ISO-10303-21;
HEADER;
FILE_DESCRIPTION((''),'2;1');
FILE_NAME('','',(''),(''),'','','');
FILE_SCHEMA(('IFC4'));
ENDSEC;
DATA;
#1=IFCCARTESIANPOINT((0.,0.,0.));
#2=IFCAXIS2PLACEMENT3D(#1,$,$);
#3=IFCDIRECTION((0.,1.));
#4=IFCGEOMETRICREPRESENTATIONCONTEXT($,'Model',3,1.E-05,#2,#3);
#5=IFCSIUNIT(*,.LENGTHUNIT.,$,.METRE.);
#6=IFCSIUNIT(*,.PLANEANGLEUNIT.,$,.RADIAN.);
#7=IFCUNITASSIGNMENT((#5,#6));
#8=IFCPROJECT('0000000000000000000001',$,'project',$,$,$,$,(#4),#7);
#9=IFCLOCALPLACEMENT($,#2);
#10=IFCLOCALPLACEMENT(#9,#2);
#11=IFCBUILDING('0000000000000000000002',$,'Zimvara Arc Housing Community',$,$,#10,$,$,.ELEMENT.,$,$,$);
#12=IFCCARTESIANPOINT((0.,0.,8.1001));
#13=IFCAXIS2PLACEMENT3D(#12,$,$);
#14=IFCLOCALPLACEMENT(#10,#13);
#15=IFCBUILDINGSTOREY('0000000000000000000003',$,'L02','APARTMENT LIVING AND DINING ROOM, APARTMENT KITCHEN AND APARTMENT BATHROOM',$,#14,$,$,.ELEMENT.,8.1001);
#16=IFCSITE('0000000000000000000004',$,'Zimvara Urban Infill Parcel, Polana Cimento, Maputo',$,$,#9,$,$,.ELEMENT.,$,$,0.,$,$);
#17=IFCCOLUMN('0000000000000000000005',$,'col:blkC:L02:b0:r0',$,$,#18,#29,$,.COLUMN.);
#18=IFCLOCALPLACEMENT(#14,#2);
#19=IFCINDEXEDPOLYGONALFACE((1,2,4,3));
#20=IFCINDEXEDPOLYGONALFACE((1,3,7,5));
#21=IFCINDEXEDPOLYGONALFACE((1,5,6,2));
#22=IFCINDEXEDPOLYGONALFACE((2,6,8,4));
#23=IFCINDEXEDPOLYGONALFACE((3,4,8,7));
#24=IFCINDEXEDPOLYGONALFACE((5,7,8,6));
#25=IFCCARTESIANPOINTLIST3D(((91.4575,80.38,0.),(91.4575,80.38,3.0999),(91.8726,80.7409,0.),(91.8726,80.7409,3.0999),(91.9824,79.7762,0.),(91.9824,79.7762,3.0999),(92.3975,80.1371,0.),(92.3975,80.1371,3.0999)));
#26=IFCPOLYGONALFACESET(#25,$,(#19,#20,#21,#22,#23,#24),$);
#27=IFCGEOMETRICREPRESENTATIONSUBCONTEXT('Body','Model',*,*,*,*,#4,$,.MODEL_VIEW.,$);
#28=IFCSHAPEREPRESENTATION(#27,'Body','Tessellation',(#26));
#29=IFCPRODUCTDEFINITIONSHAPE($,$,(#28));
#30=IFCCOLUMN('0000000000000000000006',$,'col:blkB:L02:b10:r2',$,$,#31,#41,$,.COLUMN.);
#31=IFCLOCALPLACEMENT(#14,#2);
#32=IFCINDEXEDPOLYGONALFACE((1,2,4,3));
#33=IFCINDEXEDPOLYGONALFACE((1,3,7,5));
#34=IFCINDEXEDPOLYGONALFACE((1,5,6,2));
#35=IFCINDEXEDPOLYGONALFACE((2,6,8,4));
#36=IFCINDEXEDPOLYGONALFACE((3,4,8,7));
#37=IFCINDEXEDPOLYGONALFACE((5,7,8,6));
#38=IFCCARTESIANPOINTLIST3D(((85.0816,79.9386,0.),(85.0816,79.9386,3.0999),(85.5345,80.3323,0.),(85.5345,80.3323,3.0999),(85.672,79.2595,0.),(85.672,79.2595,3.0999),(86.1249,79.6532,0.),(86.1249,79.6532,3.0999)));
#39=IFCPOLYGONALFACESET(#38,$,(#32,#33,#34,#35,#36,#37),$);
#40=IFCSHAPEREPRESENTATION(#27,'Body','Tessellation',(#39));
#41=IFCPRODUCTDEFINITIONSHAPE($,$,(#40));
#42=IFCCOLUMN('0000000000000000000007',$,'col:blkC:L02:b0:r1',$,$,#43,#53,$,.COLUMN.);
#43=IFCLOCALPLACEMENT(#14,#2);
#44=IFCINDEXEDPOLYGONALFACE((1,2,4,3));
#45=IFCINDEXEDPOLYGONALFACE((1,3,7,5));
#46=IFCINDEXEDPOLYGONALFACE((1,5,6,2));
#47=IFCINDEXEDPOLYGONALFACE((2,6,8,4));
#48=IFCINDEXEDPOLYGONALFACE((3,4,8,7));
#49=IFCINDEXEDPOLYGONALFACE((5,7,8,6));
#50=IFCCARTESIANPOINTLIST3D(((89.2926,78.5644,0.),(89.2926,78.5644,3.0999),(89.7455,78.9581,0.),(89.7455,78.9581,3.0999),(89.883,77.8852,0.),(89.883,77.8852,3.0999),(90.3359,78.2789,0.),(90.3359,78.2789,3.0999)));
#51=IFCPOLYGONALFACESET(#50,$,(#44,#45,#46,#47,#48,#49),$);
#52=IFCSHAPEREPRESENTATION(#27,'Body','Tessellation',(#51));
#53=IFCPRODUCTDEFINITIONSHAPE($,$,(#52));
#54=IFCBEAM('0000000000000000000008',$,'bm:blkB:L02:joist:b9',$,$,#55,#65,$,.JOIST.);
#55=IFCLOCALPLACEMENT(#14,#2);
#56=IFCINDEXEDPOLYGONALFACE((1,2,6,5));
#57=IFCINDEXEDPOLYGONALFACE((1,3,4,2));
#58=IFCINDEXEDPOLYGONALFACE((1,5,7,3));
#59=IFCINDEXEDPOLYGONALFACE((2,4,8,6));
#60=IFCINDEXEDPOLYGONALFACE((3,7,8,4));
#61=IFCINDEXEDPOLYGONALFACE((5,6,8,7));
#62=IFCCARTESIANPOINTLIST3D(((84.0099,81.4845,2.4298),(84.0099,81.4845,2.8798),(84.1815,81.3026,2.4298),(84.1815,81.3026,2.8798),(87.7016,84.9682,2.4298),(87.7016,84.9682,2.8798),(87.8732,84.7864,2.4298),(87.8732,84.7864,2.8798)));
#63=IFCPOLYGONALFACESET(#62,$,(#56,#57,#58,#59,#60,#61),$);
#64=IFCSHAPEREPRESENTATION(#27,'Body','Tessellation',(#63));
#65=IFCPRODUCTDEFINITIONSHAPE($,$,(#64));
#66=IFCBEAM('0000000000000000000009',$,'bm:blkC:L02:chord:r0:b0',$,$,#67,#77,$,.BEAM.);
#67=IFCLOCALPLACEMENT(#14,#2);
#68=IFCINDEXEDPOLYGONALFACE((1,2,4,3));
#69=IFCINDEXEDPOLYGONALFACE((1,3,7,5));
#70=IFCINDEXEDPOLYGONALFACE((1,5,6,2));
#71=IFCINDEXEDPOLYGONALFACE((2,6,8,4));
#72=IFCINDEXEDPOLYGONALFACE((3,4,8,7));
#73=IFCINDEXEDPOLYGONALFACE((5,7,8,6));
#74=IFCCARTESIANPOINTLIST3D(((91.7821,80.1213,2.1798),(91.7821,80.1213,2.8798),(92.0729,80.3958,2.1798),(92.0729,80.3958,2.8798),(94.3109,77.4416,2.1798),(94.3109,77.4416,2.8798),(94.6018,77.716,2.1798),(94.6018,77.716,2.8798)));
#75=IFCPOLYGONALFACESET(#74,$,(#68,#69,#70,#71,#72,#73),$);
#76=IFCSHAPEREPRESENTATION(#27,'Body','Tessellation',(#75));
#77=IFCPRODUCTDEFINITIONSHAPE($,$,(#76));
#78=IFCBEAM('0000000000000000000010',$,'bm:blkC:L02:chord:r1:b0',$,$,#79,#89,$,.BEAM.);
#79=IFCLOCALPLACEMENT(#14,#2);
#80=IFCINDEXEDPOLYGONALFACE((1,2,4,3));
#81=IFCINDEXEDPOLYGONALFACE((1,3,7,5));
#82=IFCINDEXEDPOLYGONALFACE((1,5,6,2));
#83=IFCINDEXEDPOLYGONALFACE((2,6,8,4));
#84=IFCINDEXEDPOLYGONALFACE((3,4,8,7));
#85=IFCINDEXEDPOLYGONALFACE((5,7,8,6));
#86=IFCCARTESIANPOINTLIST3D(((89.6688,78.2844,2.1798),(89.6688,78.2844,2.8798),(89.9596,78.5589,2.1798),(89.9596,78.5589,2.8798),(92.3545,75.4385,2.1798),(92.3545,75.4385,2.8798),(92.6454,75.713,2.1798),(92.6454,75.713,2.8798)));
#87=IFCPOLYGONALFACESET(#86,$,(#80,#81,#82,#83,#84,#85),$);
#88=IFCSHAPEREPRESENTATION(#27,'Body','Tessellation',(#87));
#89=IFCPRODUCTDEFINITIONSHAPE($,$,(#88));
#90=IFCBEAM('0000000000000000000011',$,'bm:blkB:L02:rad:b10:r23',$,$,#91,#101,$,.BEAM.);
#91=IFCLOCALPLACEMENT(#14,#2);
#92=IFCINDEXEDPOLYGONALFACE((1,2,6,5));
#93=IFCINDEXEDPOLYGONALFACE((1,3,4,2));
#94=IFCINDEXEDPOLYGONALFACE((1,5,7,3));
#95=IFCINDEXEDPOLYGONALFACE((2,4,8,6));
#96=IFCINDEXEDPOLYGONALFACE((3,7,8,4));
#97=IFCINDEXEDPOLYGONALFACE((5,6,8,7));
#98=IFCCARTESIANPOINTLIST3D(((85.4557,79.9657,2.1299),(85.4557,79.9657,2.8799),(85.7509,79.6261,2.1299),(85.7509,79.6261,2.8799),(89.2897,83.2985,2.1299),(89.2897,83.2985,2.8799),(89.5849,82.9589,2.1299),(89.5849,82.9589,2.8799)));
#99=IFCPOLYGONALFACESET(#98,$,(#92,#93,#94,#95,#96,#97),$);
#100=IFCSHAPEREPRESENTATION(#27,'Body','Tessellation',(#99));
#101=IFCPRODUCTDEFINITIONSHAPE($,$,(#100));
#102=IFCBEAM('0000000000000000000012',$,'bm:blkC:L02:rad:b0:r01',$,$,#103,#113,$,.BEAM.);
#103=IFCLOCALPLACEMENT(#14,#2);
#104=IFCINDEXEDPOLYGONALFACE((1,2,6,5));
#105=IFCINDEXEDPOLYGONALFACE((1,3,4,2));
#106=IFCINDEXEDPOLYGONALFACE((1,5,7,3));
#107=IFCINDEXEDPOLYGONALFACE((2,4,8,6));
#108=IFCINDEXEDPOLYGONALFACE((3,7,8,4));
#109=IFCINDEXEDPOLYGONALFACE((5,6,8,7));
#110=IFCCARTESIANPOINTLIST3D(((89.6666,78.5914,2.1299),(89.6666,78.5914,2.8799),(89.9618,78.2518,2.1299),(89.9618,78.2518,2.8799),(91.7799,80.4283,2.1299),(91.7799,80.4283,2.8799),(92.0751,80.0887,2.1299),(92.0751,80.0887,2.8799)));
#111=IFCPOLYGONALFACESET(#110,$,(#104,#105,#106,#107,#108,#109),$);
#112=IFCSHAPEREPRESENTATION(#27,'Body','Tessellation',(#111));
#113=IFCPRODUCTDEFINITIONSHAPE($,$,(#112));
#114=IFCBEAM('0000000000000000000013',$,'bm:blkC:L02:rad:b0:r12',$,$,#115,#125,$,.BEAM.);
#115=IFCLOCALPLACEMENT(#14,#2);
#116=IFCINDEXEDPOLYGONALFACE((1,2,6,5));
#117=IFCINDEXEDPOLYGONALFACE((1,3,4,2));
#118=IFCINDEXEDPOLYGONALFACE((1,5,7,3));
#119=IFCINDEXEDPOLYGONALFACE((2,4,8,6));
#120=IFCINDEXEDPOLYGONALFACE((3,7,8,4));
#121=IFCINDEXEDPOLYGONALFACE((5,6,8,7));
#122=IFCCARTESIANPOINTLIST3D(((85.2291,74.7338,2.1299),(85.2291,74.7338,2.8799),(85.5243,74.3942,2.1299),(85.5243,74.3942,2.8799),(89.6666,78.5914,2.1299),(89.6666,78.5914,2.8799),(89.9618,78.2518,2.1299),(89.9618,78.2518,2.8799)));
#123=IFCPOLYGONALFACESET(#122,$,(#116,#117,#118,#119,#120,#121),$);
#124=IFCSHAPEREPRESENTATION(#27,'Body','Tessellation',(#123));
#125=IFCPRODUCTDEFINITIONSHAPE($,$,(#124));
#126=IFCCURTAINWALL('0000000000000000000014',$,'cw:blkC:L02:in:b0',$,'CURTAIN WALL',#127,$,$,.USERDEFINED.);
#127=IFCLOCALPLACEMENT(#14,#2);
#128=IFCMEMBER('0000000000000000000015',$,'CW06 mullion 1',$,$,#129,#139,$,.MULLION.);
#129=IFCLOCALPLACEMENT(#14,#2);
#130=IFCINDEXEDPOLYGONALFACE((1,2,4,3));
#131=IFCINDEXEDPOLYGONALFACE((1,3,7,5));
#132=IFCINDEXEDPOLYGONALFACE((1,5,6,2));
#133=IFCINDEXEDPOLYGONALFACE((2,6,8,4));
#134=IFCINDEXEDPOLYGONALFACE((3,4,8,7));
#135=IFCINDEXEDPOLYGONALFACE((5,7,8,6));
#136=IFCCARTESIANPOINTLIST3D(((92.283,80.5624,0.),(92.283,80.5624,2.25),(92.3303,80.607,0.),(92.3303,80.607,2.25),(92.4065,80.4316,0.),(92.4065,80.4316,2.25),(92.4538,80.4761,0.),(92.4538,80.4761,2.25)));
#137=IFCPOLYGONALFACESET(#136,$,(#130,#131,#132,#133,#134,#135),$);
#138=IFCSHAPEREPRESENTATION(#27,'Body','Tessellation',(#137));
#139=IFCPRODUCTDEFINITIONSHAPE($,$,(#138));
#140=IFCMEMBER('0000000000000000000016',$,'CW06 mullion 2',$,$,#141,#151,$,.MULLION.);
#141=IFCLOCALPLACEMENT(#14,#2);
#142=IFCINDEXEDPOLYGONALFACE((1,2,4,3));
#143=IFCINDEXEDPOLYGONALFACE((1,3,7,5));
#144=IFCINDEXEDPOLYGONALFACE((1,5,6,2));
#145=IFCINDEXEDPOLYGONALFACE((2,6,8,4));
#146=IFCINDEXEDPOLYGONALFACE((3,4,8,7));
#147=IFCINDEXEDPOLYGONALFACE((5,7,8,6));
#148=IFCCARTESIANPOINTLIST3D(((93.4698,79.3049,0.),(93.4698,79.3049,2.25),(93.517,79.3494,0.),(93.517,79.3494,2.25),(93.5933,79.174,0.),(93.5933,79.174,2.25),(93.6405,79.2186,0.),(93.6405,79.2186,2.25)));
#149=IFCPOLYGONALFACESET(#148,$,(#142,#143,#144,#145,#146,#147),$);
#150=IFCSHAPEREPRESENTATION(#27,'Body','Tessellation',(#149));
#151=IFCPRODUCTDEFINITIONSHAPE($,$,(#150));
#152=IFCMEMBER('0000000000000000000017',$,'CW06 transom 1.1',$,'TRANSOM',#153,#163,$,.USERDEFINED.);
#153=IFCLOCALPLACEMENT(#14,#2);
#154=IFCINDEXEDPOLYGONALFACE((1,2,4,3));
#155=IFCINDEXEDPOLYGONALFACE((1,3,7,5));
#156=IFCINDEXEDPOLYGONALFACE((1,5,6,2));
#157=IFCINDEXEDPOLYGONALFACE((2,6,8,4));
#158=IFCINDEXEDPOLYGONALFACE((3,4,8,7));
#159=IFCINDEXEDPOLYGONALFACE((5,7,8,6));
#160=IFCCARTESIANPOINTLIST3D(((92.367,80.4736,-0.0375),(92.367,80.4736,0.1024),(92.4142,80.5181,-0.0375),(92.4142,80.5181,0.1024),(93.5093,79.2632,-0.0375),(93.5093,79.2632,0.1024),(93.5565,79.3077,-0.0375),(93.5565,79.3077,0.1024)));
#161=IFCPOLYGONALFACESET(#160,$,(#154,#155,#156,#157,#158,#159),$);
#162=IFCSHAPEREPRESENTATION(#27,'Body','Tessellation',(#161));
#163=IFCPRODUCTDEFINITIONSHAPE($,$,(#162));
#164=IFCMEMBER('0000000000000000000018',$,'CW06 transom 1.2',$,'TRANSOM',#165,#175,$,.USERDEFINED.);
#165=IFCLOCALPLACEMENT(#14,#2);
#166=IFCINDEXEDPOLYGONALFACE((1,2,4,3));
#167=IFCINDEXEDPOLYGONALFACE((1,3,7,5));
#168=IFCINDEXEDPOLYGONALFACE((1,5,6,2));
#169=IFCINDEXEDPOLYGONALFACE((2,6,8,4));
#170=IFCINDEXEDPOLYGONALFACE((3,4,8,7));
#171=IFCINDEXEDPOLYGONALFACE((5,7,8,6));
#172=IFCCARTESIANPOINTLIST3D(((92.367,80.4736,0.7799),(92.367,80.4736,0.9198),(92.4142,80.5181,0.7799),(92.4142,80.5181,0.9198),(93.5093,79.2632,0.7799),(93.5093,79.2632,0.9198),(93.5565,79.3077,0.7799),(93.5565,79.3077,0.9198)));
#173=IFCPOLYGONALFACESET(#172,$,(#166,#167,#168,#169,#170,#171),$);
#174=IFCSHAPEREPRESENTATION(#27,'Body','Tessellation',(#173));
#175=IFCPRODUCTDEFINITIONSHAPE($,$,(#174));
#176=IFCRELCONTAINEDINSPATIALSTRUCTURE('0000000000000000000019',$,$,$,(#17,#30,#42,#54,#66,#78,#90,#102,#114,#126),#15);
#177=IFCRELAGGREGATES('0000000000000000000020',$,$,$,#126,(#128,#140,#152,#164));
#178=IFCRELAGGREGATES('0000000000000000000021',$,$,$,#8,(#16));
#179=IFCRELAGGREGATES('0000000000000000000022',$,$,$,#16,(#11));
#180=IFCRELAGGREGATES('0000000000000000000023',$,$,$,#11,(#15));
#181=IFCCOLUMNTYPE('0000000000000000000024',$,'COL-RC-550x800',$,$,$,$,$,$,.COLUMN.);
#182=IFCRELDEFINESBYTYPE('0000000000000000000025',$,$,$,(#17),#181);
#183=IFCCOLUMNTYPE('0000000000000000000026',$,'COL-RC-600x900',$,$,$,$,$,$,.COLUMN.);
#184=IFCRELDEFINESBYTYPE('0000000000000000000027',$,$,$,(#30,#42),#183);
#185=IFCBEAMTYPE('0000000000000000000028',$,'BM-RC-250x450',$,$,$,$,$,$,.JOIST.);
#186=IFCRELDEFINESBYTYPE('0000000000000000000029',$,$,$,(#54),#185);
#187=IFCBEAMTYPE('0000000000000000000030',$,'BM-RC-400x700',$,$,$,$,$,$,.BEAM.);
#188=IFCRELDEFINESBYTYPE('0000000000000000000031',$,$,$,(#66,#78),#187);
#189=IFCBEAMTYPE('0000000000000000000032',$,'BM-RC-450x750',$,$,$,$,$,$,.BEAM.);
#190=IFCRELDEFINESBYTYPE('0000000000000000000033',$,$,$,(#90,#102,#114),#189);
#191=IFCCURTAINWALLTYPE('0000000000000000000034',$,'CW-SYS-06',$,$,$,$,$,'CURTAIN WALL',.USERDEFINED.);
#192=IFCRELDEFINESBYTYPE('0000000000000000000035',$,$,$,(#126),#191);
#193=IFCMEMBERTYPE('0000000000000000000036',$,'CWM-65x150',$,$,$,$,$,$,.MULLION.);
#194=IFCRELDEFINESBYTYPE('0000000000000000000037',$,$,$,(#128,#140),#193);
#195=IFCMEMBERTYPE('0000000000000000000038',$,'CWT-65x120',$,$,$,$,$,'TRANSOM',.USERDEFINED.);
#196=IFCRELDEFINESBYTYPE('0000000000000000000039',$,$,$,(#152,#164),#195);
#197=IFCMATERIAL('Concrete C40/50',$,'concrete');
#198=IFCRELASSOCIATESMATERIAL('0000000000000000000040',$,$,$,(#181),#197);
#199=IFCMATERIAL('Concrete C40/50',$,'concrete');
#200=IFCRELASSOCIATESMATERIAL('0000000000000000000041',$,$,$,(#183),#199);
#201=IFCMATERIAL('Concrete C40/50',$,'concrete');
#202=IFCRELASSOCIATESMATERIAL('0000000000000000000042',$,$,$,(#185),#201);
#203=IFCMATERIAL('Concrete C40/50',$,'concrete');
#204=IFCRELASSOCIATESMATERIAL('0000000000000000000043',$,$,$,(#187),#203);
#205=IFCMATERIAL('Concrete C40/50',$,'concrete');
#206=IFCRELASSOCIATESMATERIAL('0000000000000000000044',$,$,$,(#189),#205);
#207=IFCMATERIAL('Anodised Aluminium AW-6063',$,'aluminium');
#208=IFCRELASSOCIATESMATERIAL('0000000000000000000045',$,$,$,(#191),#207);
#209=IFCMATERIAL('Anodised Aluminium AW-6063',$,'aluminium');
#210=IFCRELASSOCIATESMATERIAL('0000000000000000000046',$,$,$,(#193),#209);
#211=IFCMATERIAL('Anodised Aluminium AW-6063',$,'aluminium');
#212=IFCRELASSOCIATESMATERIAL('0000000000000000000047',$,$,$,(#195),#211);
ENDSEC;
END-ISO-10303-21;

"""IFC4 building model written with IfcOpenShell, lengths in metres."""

from ifc_helpers import new_model, si_unit, direction, frame, origin, origin_2d, place, context, subcontext, project, spatial, rectangle, extrude, material, material_profile, profile_set, type_object, element, aggregate, save


model = new_model("IFC4")

# Units and contexts
model_context = context("Model", 3, precision=1e-05, world=origin(), true_north=direction((0.0, 1.0)))
body_context = subcontext(model_context, "Body", "Model", "MODEL_VIEW")
ifc_project = project(units=[si_unit("LENGTHUNIT", "METRE"), si_unit("PLANEANGLEUNIT", "RADIAN")], contexts=[model_context])

# Site, building, storey
site_placement = place(None, origin())
site = spatial("IfcSite", under=ifc_project, at=site_placement, Name="Zimvara Urban Infill Parcel, Polana Cimento, Maputo", CompositionType="ELEMENT", RefElevation=0.0)
building_placement = place(site_placement, origin())
building = spatial("IfcBuilding", under=site, at=building_placement, Name="Zimvara Arc Housing Community", CompositionType="ELEMENT")
storey_placement = place(building_placement, frame((0.0, 0.0, 8.1001)))
storey = spatial("IfcBuildingStorey", under=building, at=storey_placement, Name="L02", Description="APARTMENT LIVING AND DINING ROOM, APARTMENT KITCHEN AND APARTMENT BATHROOM", CompositionType="ELEMENT", Elevation=8.1001)

# Columns
ifc_material_1 = material(Name="Concrete C40/50", Category="concrete")
ifc_material_profile_1 = material_profile(ifc_material_1, rectangle(XDim=0.55, YDim=0.8, at=origin_2d()), Name="RC 550x800")
ifc_profile_set_1 = profile_set([ifc_material_profile_1], Name="Concrete C40/50")
column_type_1 = type_object("IfcColumnType", Name="COL-RC-550x800", PredefinedType="COLUMN", material=ifc_profile_set_1)
column_placement = place(storey_placement, frame((91.9275, 80.2585, 0.0), z_axis=(0.0, 0.0, 1.0), x_axis=(-0.75471, -0.656059, 0.0)))
element("IfcColumn", 1, at=column_placement, inside=storey, type_object=column_type_1, Name="col:blkC:L02:b0:r0", PredefinedType="COLUMN", context=body_context, shape_type="SweptSolid", body=[
    extrude(rectangle(XDim=0.55, YDim=0.8, at=origin_2d()), origin(), (0.0, 0.0, 1.0), 3.0999),
])
ifc_material_2 = material(Name="Concrete C40/50", Category="concrete")
ifc_material_profile_2 = material_profile(ifc_material_2, rectangle(XDim=0.6001, YDim=0.8999, at=origin_2d()), Name="RC 600x900")
ifc_profile_set_2 = profile_set([ifc_material_profile_2], Name="Concrete C40/50")
column_type_2 = type_object("IfcColumnType", Name="COL-RC-600x900", PredefinedType="COLUMN", material=ifc_profile_set_2)
for number, where, z_axis, x_axis, name in (
    (2, (85.6033, 79.7959, 0.0), (0.0, 0.0, 1.0), (0.75471, 0.656059, 0.0), "col:blkB:L02:b10:r2"),
    (3, (89.8142, 78.4216, 0.0), (0.0, 0.0, 1.0), (-0.75471, -0.656059, 0.0), "col:blkC:L02:b0:r1"),
):
    element("IfcColumn", number, at=place(storey_placement, frame(where, z_axis=z_axis, x_axis=x_axis)), inside=storey, type_object=column_type_2, Name=name, PredefinedType="COLUMN", context=body_context, shape_type="SweptSolid", body=[
        extrude(rectangle(XDim=0.6001, YDim=0.8999, at=origin_2d()), origin(), (0.0, 0.0, 1.0), 3.0999),
    ])

# Beams
ifc_material_3 = material(Name="Concrete C40/50", Category="concrete")
ifc_material_profile_3 = material_profile(ifc_material_3, rectangle(XDim=0.25, YDim=0.45, at=origin_2d()), Name="RC 250x450")
ifc_profile_set_3 = profile_set([ifc_material_profile_3], Name="Concrete C40/50")
beam_type_1 = type_object("IfcBeamType", Name="BM-RC-250x450", PredefinedType="JOIST", material=ifc_profile_set_3)
beam_1_placement = place(storey_placement, frame((84.0957, 81.3936, 2.6548), z_axis=(0.7273, 0.68632, 0.0), x_axis=(-0.68632, 0.7273, 0.0)))
element("IfcBeam", 4, at=beam_1_placement, inside=storey, type_object=beam_type_1, Name="bm:blkB:L02:joist:b9", PredefinedType="JOIST", context=body_context, shape_type="SweptSolid", body=[
    extrude(rectangle(XDim=0.25, YDim=0.45, at=origin_2d()), origin(), (0.0, 0.0, 1.0), 5.0759),
])
ifc_material_4 = material(Name="Concrete C40/50", Category="concrete")
ifc_material_profile_4 = material_profile(ifc_material_4, rectangle(XDim=0.3999, YDim=0.7, at=origin_2d()), Name="RC 400x700")
ifc_profile_set_4 = profile_set([ifc_material_profile_4], Name="Concrete C40/50")
beam_type_2 = type_object("IfcBeamType", Name="BM-RC-400x700", PredefinedType="BEAM", material=ifc_profile_set_4)
beam_2_placement = place(storey_placement, frame((91.9275, 80.2585, 2.5298), z_axis=(0.686336, -0.727285, 0.0), x_axis=(0.727285, 0.686336, 0.0)))
element("IfcBeam", 5, at=beam_2_placement, inside=storey, type_object=beam_type_2, Name="bm:blkC:L02:chord:r0:b0", PredefinedType="BEAM", context=body_context, shape_type="SweptSolid", body=[
    extrude(rectangle(XDim=0.3999, YDim=0.7, at=origin_2d()), origin(), (0.0, 0.0, 1.0), 3.6846),
])
beam_3_placement = place(storey_placement, frame((89.8142, 78.4216, 2.5298), z_axis=(0.686347, -0.727274, 0.0), x_axis=(0.727274, 0.686347, 0.0)))
element("IfcBeam", 6, at=beam_3_placement, inside=storey, type_object=beam_type_2, Name="bm:blkC:L02:chord:r1:b0", PredefinedType="BEAM", context=body_context, shape_type="SweptSolid", body=[
    extrude(rectangle(XDim=0.3999, YDim=0.7, at=origin_2d()), origin(), (0.0, 0.0, 1.0), 3.9131),
])
ifc_material_5 = material(Name="Concrete C40/50", Category="concrete")
ifc_material_profile_5 = material_profile(ifc_material_5, rectangle(XDim=0.45, YDim=0.75, at=origin_2d()), Name="RC 450x750")
ifc_profile_set_5 = profile_set([ifc_material_profile_5], Name="Concrete C40/50")
beam_type_3 = type_object("IfcBeamType", Name="BM-RC-450x750", PredefinedType="BEAM", material=ifc_profile_set_5)
beam_4_placement = place(storey_placement, frame((85.6033, 79.7959, 2.5049), z_axis=(0.754716, 0.656051, 0.0), x_axis=(-0.656051, 0.754716, 0.0)))
element("IfcBeam", 7, at=beam_4_placement, inside=storey, type_object=beam_type_3, Name="bm:blkB:L02:rad:b10:r23", PredefinedType="BEAM", context=body_context, shape_type="SweptSolid", body=[
    extrude(rectangle(XDim=0.45, YDim=0.75, at=origin_2d()), origin(), (0.0, 0.0, 1.0), 5.0801),
])
beam_5_placement = place(storey_placement, frame((91.9275, 80.2585, 2.5049), z_axis=(-0.754733, -0.656032, 0.0), x_axis=(0.656032, -0.754733, 0.0)))
element("IfcBeam", 8, at=beam_5_placement, inside=storey, type_object=beam_type_3, Name="bm:blkC:L02:rad:b0:r01", PredefinedType="BEAM", context=body_context, shape_type="SweptSolid", body=[
    extrude(rectangle(XDim=0.45, YDim=0.75, at=origin_2d()), origin(), (0.0, 0.0, 1.0), 2.8),
])
beam_6_placement = place(storey_placement, frame((89.8142, 78.4216, 2.5049), z_axis=(-0.754692, -0.656079, 0.0), x_axis=(0.656079, -0.754692, 0.0)))
element("IfcBeam", 9, at=beam_6_placement, inside=storey, type_object=beam_type_3, Name="bm:blkC:L02:rad:b0:r12", PredefinedType="BEAM", context=body_context, shape_type="SweptSolid", body=[
    extrude(rectangle(XDim=0.45, YDim=0.75, at=origin_2d()), origin(), (0.0, 0.0, 1.0), 5.8799),
])

# Curtain wall, members
ifc_material_6 = material(Name="Anodised Aluminium AW-6063", Category="aluminium")
curtain_wall_type = type_object("IfcCurtainWallType", Name="CW-SYS-06", ElementType="CURTAIN WALL", PredefinedType="USERDEFINED", material=ifc_material_6)
curtain_wall_placement = place(storey_placement, origin())
curtain_wall = element("IfcCurtainWall", 10, at=curtain_wall_placement, inside=storey, type_object=curtain_wall_type, Name="cw:blkC:L02:in:b0", ObjectType="CURTAIN WALL", PredefinedType="USERDEFINED")
ifc_material_7 = material(Name="Anodised Aluminium AW-6063", Category="aluminium")
ifc_material_profile_6 = material_profile(ifc_material_7, rectangle(XDim=0.0649, YDim=0.1799, at=origin_2d()), Name="ALU 65x180")
ifc_profile_set_6 = profile_set([ifc_material_profile_6], Name="Anodised Aluminium AW-6063")
member_type_1 = type_object("IfcMemberType", Name="CWM-65x150", PredefinedType="MULLION", material=ifc_profile_set_6)
member_1_placement = place(storey_placement, frame((92.3684, 80.5193, 0.0), z_axis=(0.0, 0.0, 1.0), x_axis=(0.727293, 0.686327, 0.0)))
member_1 = element("IfcMember", 11, at=member_1_placement, type_object=member_type_1, Name="CW06 mullion 1", PredefinedType="MULLION", context=body_context, shape_type="SweptSolid", body=[
    extrude(rectangle(XDim=0.0649, YDim=0.1799, at=origin_2d()), origin(), (0.0, 0.0, 1.0), 2.25),
])
member_2_placement = place(storey_placement, frame((93.5552, 79.2617, 0.0), z_axis=(0.0, 0.0, 1.0), x_axis=(0.727293, 0.686327, 0.0)))
member_2 = element("IfcMember", 12, at=member_2_placement, type_object=member_type_1, Name="CW06 mullion 2", PredefinedType="MULLION", context=body_context, shape_type="SweptSolid", body=[
    extrude(rectangle(XDim=0.0649, YDim=0.1799, at=origin_2d()), origin(), (0.0, 0.0, 1.0), 2.25),
])
ifc_material_8 = material(Name="Anodised Aluminium AW-6063", Category="aluminium")
ifc_material_profile_7 = material_profile(ifc_material_8, rectangle(XDim=0.0649, YDim=0.1399, at=origin_2d()), Name="ALU 65x140")
ifc_profile_set_7 = profile_set([ifc_material_profile_7], Name="Anodised Aluminium AW-6063")
member_type_2 = type_object("IfcMemberType", Name="CWT-65x120", ElementType="TRANSOM", PredefinedType="USERDEFINED", material=ifc_profile_set_7)
member_3_placement = place(storey_placement, frame((92.3906, 80.4958, 0.0325), z_axis=(0.686348, -0.727273, 0.0), x_axis=(0.727273, 0.686348, 0.0)))
member_3 = element("IfcMember", 13, at=member_3_placement, type_object=member_type_2, Name="CW06 transom 1.1", ObjectType="TRANSOM", PredefinedType="USERDEFINED", context=body_context, shape_type="SweptSolid", body=[
    extrude(rectangle(XDim=0.0649, YDim=0.1399, at=origin_2d()), origin(), (0.0, 0.0, 1.0), 1.6643),
])
member_4_placement = place(storey_placement, frame((92.3906, 80.4958, 0.8499), z_axis=(0.686348, -0.727273, 0.0), x_axis=(0.727273, 0.686348, 0.0)))
member_4 = element("IfcMember", 14, at=member_4_placement, type_object=member_type_2, Name="CW06 transom 1.2", ObjectType="TRANSOM", PredefinedType="USERDEFINED", context=body_context, shape_type="SweptSolid", body=[
    extrude(rectangle(XDim=0.0649, YDim=0.1399, at=origin_2d()), origin(), (0.0, 0.0, 1.0), 1.6643),
])
aggregate(curtain_wall, [member_1, member_2, member_3, member_4])

save(model, "model.ifc")
